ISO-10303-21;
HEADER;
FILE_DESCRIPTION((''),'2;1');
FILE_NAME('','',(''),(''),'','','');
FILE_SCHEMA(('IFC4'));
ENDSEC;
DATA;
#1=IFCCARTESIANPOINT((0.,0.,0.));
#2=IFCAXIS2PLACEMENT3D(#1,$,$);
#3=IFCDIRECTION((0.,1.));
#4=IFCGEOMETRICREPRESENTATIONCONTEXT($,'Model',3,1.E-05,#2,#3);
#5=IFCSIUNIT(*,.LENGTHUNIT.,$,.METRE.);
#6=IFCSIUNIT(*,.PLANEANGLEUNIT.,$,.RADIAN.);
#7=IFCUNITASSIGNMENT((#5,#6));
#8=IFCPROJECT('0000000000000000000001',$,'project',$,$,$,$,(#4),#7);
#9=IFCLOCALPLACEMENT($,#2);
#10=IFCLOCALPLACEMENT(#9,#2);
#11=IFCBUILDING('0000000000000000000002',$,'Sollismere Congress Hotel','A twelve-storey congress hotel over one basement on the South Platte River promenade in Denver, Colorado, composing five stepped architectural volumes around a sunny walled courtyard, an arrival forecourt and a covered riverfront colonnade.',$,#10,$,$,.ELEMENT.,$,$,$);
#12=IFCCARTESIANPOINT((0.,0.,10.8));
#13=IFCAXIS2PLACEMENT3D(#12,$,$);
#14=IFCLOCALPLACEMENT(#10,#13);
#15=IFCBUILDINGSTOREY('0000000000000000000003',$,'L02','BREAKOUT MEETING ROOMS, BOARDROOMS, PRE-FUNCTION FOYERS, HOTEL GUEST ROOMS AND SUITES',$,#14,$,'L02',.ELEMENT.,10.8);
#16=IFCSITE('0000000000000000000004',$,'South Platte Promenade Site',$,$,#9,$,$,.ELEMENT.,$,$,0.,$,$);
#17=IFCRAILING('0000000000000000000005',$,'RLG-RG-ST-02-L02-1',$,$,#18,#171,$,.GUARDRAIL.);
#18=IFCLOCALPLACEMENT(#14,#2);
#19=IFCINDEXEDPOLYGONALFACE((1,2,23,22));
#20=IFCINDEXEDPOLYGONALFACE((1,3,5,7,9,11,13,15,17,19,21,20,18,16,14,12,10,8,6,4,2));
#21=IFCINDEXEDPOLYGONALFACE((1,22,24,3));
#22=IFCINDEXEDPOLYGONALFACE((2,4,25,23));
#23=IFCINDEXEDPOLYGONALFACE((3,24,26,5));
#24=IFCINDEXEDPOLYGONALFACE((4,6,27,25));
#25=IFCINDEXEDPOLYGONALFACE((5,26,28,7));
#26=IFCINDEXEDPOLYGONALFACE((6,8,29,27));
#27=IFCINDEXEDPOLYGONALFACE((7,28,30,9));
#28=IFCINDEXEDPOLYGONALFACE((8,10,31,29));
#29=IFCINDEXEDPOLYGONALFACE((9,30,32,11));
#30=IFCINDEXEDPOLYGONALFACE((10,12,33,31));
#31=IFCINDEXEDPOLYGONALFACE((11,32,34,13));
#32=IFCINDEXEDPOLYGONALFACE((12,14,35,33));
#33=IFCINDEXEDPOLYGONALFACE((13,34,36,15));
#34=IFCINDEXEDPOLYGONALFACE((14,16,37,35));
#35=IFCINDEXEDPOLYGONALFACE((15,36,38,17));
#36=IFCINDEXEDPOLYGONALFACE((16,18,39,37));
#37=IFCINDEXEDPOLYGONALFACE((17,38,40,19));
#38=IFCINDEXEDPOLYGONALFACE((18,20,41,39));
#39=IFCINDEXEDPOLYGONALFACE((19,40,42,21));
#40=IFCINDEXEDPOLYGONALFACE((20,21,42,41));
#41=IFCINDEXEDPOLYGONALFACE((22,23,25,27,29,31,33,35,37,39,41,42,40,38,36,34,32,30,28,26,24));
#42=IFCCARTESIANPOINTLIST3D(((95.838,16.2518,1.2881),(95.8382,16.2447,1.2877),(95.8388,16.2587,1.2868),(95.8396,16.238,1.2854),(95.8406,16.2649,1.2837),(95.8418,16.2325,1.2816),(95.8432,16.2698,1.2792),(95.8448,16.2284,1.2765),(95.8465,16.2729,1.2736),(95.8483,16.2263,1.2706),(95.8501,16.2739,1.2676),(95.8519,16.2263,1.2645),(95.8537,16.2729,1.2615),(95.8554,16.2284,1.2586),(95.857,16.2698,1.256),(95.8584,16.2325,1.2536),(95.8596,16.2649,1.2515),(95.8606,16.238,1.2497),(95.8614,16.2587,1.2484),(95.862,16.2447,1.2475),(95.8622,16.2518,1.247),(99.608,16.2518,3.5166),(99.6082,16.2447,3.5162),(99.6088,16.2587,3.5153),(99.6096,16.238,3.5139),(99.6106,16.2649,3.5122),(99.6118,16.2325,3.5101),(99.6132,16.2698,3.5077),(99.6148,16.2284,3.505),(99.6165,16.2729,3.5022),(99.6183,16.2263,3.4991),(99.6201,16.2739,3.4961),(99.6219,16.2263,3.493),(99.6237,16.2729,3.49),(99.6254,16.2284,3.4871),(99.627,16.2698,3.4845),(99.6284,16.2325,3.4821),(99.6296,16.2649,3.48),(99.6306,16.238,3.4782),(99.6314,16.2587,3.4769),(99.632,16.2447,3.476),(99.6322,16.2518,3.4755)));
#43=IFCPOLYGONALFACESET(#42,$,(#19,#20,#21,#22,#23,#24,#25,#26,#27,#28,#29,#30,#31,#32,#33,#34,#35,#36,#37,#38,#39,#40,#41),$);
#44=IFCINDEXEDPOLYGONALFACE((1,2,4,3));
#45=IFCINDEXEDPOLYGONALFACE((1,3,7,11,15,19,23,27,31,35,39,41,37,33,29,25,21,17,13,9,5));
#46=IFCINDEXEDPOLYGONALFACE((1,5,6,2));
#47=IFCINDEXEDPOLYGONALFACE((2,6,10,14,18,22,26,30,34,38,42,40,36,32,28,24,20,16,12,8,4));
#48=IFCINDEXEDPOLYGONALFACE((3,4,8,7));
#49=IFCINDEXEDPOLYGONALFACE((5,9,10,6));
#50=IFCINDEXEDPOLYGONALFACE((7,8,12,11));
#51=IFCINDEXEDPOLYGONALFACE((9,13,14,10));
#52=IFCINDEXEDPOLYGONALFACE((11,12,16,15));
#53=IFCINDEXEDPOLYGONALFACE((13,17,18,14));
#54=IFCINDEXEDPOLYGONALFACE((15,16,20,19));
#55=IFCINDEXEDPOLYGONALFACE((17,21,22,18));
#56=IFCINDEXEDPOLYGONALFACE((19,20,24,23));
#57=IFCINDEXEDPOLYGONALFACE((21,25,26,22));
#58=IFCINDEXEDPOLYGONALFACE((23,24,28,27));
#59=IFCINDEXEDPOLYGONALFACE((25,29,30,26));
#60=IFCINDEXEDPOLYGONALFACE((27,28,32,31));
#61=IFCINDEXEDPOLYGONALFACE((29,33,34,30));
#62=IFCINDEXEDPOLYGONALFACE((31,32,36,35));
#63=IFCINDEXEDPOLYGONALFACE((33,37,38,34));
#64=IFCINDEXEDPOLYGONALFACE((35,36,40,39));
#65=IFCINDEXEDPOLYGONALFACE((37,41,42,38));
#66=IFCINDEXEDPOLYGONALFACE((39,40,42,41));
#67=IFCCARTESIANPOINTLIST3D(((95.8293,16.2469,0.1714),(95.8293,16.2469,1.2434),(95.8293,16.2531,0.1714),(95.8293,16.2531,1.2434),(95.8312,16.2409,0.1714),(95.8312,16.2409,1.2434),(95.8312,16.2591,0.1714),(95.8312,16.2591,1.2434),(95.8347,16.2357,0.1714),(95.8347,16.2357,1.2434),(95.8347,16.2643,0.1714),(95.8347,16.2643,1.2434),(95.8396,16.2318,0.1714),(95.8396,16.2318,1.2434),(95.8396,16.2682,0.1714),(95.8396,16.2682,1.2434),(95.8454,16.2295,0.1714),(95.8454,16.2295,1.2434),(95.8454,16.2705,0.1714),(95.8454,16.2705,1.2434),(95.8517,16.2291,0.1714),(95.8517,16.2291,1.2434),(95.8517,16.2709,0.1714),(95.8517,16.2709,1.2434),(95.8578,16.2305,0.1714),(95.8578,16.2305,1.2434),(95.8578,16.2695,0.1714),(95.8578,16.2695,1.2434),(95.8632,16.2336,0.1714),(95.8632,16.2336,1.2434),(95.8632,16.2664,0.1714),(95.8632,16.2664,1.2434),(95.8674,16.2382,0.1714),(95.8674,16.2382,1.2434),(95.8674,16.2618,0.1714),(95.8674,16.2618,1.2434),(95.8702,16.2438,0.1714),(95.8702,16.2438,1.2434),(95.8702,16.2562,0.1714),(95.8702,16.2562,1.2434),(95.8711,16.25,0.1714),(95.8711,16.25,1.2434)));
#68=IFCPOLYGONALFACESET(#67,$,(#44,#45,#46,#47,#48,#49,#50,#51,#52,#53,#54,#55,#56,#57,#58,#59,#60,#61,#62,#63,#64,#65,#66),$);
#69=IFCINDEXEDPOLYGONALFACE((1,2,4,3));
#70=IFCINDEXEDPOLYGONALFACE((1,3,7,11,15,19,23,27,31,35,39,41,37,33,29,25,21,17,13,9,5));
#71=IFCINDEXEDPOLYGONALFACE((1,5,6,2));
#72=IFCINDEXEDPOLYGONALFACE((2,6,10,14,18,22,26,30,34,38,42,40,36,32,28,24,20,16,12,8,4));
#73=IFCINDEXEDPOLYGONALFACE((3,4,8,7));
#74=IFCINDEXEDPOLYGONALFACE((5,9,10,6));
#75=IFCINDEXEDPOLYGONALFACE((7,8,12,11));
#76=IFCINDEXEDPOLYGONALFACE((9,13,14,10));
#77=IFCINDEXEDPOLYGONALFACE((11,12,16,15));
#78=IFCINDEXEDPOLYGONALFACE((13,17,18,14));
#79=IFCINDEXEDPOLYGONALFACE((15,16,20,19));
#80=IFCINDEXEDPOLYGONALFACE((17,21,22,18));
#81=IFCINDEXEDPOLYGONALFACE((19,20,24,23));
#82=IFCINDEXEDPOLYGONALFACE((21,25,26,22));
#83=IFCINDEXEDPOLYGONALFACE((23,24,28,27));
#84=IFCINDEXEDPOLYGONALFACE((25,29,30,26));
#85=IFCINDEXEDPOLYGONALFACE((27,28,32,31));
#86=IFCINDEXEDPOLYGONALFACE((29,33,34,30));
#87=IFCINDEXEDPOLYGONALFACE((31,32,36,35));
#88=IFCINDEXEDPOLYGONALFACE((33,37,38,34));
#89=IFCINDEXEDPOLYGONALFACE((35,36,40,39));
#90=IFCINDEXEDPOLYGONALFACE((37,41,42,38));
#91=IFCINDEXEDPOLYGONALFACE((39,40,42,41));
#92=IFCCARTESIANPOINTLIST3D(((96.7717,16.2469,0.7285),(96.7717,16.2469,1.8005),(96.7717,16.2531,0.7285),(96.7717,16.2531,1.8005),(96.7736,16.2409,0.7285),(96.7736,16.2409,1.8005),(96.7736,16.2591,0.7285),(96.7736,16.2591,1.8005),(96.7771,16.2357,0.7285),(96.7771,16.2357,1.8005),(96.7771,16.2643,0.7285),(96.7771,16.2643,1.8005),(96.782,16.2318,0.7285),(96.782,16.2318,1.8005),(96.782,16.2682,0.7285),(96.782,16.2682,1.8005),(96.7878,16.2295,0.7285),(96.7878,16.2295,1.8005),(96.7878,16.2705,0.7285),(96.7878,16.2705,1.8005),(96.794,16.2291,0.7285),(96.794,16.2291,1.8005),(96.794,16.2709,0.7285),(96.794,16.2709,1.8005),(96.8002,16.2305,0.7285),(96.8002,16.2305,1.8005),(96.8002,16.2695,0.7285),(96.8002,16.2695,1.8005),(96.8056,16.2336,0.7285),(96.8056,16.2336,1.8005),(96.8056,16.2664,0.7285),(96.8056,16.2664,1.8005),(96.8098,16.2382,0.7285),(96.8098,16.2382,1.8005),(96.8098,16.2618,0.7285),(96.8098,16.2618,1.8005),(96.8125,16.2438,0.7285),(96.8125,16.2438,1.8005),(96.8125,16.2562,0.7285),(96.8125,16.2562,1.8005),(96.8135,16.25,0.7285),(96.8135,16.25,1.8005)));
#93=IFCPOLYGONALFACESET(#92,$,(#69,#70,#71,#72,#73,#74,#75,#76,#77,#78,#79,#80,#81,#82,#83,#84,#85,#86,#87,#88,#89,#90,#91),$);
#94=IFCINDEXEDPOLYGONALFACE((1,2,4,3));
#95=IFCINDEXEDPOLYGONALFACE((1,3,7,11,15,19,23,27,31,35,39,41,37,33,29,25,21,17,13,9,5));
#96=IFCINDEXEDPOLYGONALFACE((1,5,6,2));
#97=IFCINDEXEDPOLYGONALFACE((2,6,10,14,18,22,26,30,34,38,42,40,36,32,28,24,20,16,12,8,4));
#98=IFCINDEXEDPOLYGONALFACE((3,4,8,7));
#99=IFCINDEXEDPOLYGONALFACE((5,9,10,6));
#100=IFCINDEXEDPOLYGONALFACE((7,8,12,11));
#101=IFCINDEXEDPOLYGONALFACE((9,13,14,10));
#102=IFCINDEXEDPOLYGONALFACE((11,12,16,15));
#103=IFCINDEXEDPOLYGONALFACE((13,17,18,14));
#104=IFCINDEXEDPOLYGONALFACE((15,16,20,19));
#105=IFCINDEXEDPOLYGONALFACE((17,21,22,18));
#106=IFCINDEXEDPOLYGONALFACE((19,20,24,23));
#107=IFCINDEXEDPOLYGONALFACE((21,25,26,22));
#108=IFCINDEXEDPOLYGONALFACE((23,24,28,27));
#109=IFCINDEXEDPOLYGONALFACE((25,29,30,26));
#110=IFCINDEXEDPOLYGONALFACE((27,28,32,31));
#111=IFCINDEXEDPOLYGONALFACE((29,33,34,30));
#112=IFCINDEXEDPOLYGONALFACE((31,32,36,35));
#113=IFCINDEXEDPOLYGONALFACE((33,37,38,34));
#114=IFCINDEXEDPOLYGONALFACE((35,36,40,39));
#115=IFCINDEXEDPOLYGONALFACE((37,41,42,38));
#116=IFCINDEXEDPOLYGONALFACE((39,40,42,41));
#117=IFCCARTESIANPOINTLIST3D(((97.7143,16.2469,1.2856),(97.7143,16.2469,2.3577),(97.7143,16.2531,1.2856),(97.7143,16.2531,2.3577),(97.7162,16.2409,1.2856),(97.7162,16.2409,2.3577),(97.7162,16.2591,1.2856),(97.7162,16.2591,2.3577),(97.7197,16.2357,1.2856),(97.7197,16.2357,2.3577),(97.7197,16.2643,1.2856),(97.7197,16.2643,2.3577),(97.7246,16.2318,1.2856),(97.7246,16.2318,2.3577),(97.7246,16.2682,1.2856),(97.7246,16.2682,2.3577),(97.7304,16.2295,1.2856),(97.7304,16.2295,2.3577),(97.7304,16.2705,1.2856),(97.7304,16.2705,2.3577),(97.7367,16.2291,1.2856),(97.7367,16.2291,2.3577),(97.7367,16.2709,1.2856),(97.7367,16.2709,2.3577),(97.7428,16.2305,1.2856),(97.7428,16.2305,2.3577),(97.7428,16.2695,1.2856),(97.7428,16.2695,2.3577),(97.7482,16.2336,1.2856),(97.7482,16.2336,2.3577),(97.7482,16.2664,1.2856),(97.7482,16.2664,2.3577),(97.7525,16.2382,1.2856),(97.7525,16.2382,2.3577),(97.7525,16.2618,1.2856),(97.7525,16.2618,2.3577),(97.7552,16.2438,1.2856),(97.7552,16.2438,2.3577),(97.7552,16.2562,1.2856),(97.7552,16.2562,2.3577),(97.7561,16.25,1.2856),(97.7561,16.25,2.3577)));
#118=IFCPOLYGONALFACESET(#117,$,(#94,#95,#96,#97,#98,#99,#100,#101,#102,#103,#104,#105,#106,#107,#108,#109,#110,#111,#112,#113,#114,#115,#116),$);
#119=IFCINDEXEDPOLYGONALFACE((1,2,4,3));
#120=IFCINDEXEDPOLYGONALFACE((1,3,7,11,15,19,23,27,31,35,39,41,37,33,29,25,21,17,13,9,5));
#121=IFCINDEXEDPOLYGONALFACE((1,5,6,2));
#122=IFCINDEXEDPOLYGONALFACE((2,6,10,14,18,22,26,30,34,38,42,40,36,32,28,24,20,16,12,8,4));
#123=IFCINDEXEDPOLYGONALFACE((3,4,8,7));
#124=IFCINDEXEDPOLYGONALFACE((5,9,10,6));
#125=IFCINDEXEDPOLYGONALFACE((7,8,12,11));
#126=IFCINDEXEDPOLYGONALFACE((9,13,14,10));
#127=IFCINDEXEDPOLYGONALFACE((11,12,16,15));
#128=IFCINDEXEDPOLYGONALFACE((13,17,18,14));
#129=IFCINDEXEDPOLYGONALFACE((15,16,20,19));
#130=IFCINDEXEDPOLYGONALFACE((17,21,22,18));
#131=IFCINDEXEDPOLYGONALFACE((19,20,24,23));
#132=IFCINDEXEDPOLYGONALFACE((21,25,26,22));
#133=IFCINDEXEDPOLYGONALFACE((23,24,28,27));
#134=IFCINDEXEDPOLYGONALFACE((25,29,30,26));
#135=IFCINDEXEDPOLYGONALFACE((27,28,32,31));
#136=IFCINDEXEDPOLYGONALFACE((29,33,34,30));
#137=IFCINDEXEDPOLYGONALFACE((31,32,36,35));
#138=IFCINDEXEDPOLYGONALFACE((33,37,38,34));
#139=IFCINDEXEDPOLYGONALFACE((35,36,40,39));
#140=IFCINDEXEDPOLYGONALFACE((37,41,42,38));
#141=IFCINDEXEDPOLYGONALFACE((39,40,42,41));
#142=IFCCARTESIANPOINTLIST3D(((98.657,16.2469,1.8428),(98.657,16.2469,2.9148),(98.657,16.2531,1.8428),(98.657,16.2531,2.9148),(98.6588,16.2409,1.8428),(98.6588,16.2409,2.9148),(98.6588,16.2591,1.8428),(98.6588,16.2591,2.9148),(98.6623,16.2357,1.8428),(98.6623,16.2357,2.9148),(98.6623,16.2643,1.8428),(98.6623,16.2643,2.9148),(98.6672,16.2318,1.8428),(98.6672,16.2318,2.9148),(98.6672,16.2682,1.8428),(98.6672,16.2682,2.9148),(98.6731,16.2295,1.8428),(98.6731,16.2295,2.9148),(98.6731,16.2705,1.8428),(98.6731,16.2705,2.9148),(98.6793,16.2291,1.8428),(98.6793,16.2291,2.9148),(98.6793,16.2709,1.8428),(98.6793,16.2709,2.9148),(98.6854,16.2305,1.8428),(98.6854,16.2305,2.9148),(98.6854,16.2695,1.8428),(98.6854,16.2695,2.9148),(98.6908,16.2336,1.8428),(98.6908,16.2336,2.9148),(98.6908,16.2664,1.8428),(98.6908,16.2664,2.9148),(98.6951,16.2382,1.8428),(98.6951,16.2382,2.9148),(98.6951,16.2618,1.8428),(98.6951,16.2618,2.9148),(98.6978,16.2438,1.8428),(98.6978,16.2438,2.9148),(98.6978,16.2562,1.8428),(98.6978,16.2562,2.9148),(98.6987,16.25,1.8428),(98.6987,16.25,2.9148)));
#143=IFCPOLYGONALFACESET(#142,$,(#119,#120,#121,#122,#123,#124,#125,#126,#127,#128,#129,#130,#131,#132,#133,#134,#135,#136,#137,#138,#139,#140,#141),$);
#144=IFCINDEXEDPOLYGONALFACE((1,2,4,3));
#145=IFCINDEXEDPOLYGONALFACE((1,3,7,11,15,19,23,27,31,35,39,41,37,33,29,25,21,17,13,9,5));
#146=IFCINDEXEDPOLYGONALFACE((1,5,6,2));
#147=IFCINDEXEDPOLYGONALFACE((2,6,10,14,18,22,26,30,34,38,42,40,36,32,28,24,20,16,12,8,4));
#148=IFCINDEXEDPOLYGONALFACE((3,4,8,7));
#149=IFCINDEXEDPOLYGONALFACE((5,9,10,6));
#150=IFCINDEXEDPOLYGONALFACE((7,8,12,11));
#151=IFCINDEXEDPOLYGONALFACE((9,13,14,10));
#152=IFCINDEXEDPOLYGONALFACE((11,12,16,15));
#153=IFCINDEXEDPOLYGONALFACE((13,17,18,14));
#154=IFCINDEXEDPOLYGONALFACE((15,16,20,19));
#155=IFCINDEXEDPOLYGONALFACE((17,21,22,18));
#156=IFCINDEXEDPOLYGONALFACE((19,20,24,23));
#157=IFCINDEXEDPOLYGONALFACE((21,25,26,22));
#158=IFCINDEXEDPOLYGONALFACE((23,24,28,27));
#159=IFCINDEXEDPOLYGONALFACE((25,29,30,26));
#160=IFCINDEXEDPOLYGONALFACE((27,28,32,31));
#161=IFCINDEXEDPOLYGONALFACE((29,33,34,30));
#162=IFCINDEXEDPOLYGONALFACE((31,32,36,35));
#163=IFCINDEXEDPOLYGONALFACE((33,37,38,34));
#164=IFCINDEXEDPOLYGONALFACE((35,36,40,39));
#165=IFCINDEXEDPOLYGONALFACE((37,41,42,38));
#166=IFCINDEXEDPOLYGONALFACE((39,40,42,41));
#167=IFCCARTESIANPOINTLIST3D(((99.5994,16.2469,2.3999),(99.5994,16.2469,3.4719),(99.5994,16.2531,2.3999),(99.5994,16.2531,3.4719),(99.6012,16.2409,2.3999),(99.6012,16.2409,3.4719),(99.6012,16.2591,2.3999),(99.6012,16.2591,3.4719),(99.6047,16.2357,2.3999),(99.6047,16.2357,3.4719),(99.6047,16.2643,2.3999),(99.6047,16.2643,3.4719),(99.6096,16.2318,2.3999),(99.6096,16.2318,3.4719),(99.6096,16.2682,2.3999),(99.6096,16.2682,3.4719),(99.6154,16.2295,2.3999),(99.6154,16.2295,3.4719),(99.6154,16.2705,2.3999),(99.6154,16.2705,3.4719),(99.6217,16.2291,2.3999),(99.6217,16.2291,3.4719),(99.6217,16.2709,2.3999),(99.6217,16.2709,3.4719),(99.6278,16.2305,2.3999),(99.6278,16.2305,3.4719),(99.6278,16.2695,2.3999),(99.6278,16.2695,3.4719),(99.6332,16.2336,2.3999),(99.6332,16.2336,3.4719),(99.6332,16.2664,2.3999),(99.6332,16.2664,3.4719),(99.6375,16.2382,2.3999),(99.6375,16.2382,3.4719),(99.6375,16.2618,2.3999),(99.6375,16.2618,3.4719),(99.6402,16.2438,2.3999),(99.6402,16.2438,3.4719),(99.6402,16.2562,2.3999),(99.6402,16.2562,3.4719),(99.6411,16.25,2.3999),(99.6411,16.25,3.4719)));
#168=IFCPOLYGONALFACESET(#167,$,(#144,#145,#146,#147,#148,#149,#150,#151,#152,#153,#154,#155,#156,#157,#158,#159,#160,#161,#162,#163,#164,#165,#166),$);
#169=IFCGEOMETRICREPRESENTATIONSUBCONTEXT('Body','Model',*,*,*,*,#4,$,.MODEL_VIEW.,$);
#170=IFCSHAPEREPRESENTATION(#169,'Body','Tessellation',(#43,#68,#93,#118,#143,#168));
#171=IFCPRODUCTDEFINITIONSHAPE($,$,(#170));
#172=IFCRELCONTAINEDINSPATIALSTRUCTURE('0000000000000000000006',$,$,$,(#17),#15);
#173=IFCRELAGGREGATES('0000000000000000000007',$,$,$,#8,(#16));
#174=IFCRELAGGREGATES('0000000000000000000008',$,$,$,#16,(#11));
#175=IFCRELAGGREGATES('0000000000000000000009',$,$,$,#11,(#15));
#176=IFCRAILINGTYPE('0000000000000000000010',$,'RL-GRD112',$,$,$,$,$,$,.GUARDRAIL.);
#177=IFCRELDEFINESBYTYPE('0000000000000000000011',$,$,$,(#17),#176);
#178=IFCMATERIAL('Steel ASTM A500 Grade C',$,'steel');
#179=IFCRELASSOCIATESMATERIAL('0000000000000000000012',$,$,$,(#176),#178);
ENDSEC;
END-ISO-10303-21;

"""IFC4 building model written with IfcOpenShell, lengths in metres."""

from ifc_helpers import new_model, si_unit, direction, frame, origin, origin_2d, place, context, subcontext, project, spatial, circle, extrude, material, type_object, element, save


model = new_model("IFC4")

# Units and contexts
model_context = context("Model", 3, precision=1e-05, world=origin(), true_north=direction((0.0, 1.0)))
body_context = subcontext(model_context, "Body", "Model", "MODEL_VIEW")
ifc_project = project(units=[si_unit("LENGTHUNIT", "METRE"), si_unit("PLANEANGLEUNIT", "RADIAN")], contexts=[model_context])

# Site, building, storey
site_placement = place(None, origin())
site = spatial("IfcSite", under=ifc_project, at=site_placement, Name="South Platte Promenade Site", CompositionType="ELEMENT", RefElevation=0.0)
building_placement = place(site_placement, origin())
building = spatial("IfcBuilding", under=site, at=building_placement, Name="Sollismere Congress Hotel", Description="A twelve-storey congress hotel over one basement on the South Platte River promenade in Denver, Colorado, composing five stepped architectural volumes around a sunny walled courtyard, an arrival forecourt and a covered riverfront colonnade.", CompositionType="ELEMENT")
storey_placement = place(building_placement, frame((0.0, 0.0, 10.8)))
storey = spatial("IfcBuildingStorey", under=building, at=storey_placement, Name="L02", Description="BREAKOUT MEETING ROOMS, BOARDROOMS, PRE-FUNCTION FOYERS, HOTEL GUEST ROOMS AND SUITES", LongName="L02", CompositionType="ELEMENT", Elevation=10.8)

# Shared definitions
ifc_material_1 = material(Name="Steel ASTM A500 Grade C", Category="steel")

# Railing
railing_type_1 = type_object("IfcRailingType", Name="RL-GRD112", PredefinedType="GUARDRAIL", material=ifc_material_1)
railing_1_placement = place(storey_placement, frame((95.8501, 16.25, 0.1714)))
element("IfcRailing", 1, at=railing_1_placement, inside=storey, type_object=railing_type_1, Name="RLG-RG-ST-02-L02-1", PredefinedType="GUARDRAIL", context=body_context, shape_type="SweptSolid", body=[
    extrude(circle(Radius=0.0239, at=origin_2d()), frame((0.0, 0.0, 1.0962), z_axis=(0.860849, 0.0, 0.508861), x_axis=(0.0, 1.0, 0.0)), (0.0, 0.0, 1.0), 4.3794),
    extrude(circle(Radius=0.021, at=origin_2d()), origin(), (0.0, 0.0, 1.0), 1.072),
    extrude(circle(Radius=0.021, at=origin_2d()), frame((0.9424, 0.0, 0.5571)), (0.0, 0.0, 1.0), 1.072),
    extrude(circle(Radius=0.021, at=origin_2d()), frame((1.885, 0.0, 1.1143)), (0.0, 0.0, 1.0), 1.072),
    extrude(circle(Radius=0.021, at=origin_2d()), frame((2.8276, 0.0, 1.6714)), (0.0, 0.0, 1.0), 1.072),
    extrude(circle(Radius=0.021, at=origin_2d()), frame((3.77, 0.0, 2.2285)), (0.0, 0.0, 1.0), 1.072),
])

save(model, "model.ifc")
